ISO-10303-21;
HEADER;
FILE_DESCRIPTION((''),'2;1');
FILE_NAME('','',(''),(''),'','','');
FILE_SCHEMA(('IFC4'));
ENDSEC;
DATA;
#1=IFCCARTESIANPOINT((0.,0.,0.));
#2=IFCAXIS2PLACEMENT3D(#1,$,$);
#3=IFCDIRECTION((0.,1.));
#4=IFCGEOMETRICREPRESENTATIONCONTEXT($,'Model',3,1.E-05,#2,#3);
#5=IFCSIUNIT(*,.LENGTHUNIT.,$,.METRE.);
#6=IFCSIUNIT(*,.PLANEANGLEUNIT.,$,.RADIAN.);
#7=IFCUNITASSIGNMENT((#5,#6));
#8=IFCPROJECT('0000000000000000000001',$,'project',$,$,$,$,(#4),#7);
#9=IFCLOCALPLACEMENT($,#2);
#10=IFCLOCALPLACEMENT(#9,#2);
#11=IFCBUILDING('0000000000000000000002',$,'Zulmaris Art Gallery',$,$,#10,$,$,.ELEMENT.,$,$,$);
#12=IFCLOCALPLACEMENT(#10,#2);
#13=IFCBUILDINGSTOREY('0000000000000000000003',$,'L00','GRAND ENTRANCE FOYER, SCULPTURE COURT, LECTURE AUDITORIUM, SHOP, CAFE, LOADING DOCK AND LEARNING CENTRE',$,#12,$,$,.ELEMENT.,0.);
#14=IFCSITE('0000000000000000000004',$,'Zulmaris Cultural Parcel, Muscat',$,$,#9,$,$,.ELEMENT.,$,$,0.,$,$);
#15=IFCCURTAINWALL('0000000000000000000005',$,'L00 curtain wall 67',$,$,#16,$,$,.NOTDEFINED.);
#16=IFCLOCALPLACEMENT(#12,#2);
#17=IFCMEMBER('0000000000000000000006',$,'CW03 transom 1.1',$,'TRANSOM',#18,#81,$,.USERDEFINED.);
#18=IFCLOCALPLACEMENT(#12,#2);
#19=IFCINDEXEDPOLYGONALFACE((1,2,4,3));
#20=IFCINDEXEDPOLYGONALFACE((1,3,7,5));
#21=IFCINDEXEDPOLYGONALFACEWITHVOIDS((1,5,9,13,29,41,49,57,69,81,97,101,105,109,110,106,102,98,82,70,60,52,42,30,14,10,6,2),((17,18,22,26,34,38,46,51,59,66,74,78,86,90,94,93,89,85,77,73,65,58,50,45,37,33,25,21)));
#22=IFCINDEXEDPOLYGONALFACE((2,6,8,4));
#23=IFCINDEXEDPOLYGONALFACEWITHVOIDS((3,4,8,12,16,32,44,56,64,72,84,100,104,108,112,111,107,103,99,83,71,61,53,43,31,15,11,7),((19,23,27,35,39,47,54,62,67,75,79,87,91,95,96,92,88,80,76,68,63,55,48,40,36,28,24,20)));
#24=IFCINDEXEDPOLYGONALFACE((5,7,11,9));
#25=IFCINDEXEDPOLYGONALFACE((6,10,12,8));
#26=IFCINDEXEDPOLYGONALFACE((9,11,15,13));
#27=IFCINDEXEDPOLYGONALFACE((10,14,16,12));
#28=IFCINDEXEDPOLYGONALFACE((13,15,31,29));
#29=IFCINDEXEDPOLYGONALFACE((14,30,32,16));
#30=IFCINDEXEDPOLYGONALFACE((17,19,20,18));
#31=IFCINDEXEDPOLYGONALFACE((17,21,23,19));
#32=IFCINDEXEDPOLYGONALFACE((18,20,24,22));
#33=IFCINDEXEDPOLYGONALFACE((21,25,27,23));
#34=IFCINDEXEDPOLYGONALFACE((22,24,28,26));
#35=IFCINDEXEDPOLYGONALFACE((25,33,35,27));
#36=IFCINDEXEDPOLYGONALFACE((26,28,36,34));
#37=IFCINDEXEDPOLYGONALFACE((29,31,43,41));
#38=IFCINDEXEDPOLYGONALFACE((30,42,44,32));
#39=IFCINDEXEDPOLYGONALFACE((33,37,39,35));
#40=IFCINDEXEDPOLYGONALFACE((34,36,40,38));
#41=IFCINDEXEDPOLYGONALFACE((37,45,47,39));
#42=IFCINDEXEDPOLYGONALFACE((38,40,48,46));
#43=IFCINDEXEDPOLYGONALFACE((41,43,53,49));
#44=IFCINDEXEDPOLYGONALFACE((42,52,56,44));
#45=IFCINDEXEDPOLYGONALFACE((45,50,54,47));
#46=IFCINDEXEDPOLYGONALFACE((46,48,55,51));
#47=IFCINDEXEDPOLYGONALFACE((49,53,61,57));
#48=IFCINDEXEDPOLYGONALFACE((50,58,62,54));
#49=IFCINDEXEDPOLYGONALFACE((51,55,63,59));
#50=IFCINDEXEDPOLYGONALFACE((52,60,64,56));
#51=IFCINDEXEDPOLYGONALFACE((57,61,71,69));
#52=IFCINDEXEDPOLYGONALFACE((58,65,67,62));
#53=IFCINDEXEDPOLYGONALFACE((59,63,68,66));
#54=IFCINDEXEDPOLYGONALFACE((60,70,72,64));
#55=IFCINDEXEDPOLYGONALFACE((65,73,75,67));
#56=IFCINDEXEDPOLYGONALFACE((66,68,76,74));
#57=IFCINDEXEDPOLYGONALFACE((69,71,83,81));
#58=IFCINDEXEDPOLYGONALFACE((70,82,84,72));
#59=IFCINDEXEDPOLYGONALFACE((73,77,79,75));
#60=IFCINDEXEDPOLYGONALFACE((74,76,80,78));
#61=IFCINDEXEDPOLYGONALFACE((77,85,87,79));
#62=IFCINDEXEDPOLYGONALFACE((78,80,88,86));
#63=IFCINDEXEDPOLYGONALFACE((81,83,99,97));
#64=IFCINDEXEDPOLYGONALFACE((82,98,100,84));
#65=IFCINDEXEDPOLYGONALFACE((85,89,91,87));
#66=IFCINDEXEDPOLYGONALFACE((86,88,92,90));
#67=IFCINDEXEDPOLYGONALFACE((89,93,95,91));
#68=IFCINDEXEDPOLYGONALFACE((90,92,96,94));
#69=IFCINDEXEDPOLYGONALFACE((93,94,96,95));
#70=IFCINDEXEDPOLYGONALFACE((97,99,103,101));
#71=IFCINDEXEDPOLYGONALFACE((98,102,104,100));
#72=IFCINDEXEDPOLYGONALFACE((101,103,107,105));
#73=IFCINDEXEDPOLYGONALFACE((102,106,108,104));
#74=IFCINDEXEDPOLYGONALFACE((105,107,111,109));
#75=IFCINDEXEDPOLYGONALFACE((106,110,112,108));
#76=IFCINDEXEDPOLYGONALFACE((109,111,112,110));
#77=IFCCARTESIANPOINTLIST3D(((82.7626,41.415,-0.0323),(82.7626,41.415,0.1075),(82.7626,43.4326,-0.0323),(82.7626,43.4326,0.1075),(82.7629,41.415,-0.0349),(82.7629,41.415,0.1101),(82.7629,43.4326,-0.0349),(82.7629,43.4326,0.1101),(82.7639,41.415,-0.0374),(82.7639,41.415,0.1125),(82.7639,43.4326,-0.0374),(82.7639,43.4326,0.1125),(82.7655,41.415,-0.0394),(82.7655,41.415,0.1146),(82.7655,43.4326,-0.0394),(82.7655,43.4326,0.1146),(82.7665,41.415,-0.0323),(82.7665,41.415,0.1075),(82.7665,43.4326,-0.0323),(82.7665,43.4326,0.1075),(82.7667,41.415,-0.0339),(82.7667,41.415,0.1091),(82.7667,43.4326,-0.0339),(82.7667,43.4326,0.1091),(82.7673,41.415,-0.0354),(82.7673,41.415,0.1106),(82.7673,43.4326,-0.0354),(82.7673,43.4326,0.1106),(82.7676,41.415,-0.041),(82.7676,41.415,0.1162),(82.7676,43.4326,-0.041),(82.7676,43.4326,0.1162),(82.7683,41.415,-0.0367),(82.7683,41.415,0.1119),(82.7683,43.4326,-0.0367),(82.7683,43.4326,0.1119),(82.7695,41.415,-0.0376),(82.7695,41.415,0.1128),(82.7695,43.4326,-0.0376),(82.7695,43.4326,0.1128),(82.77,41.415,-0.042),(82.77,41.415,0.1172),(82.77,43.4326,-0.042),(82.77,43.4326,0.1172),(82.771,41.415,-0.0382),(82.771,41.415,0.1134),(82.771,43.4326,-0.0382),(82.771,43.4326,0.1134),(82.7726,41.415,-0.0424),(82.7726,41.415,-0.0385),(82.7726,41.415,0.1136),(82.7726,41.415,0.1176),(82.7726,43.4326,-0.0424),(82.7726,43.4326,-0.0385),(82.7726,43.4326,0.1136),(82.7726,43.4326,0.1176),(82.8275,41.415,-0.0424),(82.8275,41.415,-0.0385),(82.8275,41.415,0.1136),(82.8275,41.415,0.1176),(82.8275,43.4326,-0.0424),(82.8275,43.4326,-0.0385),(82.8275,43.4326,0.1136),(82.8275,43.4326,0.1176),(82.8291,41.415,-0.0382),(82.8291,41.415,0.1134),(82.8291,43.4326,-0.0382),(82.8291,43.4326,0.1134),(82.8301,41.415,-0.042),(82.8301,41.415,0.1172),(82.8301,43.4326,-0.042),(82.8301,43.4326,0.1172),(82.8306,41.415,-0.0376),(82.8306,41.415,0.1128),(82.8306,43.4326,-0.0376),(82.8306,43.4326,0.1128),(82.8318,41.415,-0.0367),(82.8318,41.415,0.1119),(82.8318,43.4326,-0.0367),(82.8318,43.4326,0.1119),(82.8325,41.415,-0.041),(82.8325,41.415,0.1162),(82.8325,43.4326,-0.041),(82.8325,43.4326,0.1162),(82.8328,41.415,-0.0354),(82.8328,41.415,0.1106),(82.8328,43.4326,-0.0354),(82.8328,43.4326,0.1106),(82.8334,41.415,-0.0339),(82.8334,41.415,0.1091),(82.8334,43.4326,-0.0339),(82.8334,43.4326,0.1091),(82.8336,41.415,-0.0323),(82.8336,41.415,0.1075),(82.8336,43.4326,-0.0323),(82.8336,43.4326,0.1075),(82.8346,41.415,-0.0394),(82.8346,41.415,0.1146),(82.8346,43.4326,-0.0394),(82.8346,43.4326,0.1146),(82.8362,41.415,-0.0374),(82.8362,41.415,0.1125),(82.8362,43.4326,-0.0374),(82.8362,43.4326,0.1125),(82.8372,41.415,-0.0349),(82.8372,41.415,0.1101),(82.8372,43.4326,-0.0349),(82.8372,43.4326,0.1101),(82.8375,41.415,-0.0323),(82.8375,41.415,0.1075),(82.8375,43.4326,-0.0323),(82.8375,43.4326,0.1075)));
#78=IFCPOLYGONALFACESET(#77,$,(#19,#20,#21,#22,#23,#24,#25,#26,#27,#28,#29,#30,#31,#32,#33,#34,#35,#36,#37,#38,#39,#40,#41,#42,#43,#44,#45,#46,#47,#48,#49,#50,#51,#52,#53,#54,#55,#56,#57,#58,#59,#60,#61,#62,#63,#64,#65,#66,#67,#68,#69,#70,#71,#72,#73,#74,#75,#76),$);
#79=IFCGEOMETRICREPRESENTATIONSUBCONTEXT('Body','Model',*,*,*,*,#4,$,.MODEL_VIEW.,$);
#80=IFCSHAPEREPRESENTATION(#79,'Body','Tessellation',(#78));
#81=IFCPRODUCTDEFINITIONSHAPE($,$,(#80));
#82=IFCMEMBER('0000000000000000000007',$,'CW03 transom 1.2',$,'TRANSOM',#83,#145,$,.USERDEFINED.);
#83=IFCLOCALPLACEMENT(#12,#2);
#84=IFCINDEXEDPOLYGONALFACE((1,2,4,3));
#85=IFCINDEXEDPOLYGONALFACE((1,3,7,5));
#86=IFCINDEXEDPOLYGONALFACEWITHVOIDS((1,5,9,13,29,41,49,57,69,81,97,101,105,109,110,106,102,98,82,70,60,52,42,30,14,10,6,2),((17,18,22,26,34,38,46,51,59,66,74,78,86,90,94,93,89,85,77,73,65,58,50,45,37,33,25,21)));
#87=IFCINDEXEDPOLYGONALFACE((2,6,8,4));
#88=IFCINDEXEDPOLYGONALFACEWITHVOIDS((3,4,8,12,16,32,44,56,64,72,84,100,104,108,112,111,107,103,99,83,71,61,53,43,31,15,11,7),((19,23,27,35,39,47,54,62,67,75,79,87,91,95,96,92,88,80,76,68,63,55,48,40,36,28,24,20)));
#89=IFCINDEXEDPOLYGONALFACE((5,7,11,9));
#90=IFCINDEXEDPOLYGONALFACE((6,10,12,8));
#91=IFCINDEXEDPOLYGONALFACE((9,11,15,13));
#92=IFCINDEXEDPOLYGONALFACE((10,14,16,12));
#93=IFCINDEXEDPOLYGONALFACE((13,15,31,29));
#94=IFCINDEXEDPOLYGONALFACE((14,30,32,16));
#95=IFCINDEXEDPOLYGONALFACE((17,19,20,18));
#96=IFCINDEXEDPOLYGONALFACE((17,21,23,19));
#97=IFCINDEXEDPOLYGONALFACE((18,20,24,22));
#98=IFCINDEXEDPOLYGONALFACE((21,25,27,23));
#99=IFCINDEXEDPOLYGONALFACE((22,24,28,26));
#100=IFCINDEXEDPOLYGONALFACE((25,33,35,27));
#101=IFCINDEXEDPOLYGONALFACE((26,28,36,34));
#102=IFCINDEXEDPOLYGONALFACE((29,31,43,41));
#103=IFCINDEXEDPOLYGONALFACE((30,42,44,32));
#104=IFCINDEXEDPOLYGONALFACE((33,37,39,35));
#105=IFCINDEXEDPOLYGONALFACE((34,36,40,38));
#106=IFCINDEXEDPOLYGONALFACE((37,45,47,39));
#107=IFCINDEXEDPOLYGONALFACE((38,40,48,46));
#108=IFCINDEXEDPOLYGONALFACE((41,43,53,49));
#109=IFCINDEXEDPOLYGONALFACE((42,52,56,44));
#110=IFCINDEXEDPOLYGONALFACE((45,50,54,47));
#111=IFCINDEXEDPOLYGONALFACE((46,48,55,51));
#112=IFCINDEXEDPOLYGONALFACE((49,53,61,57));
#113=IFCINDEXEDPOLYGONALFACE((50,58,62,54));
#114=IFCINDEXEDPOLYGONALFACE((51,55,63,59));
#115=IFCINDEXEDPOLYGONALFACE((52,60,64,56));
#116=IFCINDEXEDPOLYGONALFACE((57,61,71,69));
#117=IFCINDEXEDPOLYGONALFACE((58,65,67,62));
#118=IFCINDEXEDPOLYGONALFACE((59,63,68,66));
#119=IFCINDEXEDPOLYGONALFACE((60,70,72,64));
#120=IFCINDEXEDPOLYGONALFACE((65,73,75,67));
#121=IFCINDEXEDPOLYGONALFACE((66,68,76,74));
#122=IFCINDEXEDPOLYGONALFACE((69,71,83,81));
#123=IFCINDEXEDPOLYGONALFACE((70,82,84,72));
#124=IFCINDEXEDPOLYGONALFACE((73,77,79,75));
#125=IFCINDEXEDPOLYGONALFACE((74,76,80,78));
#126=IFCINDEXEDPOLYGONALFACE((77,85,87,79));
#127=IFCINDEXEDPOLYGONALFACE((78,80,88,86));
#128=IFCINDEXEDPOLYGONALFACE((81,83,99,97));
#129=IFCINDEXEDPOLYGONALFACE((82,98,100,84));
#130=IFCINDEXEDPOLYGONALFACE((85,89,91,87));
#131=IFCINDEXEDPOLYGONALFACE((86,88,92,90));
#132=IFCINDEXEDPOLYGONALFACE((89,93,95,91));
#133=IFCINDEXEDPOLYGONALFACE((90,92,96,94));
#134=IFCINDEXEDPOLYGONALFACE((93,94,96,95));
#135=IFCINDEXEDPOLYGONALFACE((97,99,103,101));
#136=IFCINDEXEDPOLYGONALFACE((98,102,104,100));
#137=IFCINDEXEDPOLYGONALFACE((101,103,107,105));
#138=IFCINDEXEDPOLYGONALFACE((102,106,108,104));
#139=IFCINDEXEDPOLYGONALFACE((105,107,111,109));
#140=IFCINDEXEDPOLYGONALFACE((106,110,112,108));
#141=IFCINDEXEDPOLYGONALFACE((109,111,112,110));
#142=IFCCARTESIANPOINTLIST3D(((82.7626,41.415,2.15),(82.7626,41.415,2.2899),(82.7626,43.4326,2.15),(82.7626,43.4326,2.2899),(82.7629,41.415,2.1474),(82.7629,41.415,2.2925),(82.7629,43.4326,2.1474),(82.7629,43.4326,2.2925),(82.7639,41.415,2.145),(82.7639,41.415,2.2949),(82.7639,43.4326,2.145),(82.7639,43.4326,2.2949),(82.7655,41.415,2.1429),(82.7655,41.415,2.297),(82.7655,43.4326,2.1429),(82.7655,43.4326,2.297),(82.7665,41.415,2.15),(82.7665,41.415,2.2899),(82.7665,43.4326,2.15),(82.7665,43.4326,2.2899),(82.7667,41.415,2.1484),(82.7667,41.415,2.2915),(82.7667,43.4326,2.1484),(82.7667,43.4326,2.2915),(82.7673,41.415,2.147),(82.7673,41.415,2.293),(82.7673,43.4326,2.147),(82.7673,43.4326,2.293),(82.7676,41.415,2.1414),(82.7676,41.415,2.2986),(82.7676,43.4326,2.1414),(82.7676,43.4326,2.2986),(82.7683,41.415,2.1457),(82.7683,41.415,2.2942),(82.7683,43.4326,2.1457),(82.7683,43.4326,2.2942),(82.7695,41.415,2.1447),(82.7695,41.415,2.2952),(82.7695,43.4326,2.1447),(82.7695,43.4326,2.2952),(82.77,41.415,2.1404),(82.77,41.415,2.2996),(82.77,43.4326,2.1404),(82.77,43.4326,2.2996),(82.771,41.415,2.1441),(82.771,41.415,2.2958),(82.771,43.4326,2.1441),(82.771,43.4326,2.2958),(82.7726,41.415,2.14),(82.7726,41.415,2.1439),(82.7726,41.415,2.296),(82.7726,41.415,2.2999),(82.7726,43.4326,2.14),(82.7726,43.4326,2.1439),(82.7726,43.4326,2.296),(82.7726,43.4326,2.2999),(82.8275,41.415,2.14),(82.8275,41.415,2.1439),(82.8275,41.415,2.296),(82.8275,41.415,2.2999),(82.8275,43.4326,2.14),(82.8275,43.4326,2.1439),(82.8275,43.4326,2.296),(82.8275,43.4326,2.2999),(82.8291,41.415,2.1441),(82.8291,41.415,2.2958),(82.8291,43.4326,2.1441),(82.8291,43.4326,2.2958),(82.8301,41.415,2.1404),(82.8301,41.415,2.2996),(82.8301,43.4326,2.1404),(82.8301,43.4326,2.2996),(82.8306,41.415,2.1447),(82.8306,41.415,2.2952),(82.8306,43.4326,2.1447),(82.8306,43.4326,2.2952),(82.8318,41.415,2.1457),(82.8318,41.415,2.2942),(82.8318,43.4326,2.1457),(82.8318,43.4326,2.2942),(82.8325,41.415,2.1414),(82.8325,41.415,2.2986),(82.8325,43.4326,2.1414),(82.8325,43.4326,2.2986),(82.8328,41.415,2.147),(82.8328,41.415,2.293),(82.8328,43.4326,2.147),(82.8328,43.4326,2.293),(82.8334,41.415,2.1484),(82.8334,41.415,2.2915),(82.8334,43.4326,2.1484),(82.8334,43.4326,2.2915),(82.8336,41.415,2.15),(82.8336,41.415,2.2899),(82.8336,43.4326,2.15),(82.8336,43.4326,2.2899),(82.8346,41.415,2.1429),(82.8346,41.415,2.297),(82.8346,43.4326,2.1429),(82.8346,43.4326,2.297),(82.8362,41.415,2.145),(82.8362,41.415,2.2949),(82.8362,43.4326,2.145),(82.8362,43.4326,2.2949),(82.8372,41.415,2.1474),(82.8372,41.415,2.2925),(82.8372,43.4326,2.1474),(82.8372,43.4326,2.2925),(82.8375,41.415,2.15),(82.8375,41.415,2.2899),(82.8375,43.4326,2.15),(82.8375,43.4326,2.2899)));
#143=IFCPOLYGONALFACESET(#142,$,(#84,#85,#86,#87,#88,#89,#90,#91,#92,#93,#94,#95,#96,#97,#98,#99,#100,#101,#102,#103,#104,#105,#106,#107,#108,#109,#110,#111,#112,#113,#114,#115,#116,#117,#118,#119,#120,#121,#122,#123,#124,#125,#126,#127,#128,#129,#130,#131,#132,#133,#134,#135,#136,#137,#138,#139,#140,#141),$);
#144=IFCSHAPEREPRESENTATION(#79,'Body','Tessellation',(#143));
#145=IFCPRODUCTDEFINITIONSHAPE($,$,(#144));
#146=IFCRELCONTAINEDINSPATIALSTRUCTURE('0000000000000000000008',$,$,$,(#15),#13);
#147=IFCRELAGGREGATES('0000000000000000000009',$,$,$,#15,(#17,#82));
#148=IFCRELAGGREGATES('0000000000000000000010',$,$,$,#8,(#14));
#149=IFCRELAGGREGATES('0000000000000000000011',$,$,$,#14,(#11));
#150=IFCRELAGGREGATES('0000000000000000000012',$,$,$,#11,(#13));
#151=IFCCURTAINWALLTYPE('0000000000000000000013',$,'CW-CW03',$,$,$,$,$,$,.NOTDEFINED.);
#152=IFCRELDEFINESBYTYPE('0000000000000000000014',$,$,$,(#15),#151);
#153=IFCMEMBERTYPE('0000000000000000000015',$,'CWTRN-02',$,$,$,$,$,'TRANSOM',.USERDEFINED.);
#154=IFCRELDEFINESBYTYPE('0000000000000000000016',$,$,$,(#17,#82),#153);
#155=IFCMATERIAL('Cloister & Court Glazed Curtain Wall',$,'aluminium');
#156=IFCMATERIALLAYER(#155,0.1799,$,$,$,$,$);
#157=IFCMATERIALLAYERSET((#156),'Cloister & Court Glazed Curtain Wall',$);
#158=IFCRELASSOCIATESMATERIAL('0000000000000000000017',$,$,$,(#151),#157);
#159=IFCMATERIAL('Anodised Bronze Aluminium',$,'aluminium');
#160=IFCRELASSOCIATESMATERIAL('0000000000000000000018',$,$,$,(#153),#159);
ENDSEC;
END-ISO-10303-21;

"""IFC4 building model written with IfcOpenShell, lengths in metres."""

from ifc_helpers import new_model, si_unit, direction, frame, origin, origin_2d, place, context, subcontext, project, spatial, hollow_rectangle, extrude, material, layer, layer_set, material_profile, profile_set, type_object, element, aggregate, save


model = new_model("IFC4")

# Units and contexts
model_context = context("Model", 3, precision=1e-05, world=origin(), true_north=direction((0.0, 1.0)))
body_context = subcontext(model_context, "Body", "Model", "MODEL_VIEW")
ifc_project = project(units=[si_unit("LENGTHUNIT", "METRE"), si_unit("PLANEANGLEUNIT", "RADIAN")], contexts=[model_context])

# Site, building, storey
site_placement = place(None, origin())
site = spatial("IfcSite", under=ifc_project, at=site_placement, Name="Zulmaris Cultural Parcel, Muscat", CompositionType="ELEMENT", RefElevation=0.0)
building_placement = place(site_placement, origin())
building = spatial("IfcBuilding", under=site, at=building_placement, Name="Zulmaris Art Gallery", CompositionType="ELEMENT")
storey_placement = place(building_placement, origin())
storey = spatial("IfcBuildingStorey", under=building, at=storey_placement, Name="L00", Description="GRAND ENTRANCE FOYER, SCULPTURE COURT, LECTURE AUDITORIUM, SHOP, CAFE, LOADING DOCK AND LEARNING CENTRE", CompositionType="ELEMENT", Elevation=0.0)

# Curtain wall, members
ifc_material_1 = material(Name="Cloister & Court Glazed Curtain Wall", Category="aluminium")
ifc_layer_1 = layer(ifc_material_1, 0.1799)
ifc_layer_set_1 = layer_set([ifc_layer_1], Name="Cloister & Court Glazed Curtain Wall")
curtain_wall_type = type_object("IfcCurtainWallType", Name="CW-CW03", PredefinedType="NOTDEFINED", material=ifc_layer_set_1)
curtain_wall_placement = place(storey_placement, origin())
curtain_wall = element("IfcCurtainWall", 1, at=curtain_wall_placement, inside=storey, type_object=curtain_wall_type, Name="L00 curtain wall 67", PredefinedType="NOTDEFINED")
ifc_material_2 = material(Name="Anodised Bronze Aluminium", Category="aluminium")
ifc_material_profile_1 = material_profile(ifc_material_2, hollow_rectangle(XDim=0.075, YDim=0.1599, WallThickness=0.0039, InnerFilletRadius=0.0061, OuterFilletRadius=0.01, at=origin_2d()), Name="ALU 75x160x4")
ifc_profile_set_1 = profile_set([ifc_material_profile_1], Name="Anodised Bronze Aluminium")
member_type_1 = type_object("IfcMemberType", Name="CWTRN-02", ElementType="TRANSOM", PredefinedType="USERDEFINED", material=ifc_profile_set_1)
member_1_placement = place(storey_placement, frame((82.8, 41.415, 0.0376), z_axis=(0.0, 1.0, 0.0), x_axis=(-1.0, 0.0, 0.0)))
member_1 = element("IfcMember", 2, at=member_1_placement, type_object=member_type_1, Name="CW03 transom 1.1", ObjectType="TRANSOM", PredefinedType="USERDEFINED", context=body_context, shape_type="SweptSolid", body=[
    extrude(hollow_rectangle(XDim=0.075, YDim=0.1599, WallThickness=0.0039, InnerFilletRadius=0.0061, OuterFilletRadius=0.01, at=origin_2d()), origin(), (0.0, 0.0, 1.0), 2.0176),
])
member_2_placement = place(storey_placement, frame((82.8, 41.415, 2.22), z_axis=(0.0, 1.0, 0.0), x_axis=(-1.0, 0.0, 0.0)))
member_2 = element("IfcMember", 3, at=member_2_placement, type_object=member_type_1, Name="CW03 transom 1.2", ObjectType="TRANSOM", PredefinedType="USERDEFINED", context=body_context, shape_type="SweptSolid", body=[
    extrude(hollow_rectangle(XDim=0.075, YDim=0.1599, WallThickness=0.0039, InnerFilletRadius=0.0061, OuterFilletRadius=0.01, at=origin_2d()), origin(), (0.0, 0.0, 1.0), 2.0176),
])
aggregate(curtain_wall, [member_1, member_2])

save(model, "model.ifc")
